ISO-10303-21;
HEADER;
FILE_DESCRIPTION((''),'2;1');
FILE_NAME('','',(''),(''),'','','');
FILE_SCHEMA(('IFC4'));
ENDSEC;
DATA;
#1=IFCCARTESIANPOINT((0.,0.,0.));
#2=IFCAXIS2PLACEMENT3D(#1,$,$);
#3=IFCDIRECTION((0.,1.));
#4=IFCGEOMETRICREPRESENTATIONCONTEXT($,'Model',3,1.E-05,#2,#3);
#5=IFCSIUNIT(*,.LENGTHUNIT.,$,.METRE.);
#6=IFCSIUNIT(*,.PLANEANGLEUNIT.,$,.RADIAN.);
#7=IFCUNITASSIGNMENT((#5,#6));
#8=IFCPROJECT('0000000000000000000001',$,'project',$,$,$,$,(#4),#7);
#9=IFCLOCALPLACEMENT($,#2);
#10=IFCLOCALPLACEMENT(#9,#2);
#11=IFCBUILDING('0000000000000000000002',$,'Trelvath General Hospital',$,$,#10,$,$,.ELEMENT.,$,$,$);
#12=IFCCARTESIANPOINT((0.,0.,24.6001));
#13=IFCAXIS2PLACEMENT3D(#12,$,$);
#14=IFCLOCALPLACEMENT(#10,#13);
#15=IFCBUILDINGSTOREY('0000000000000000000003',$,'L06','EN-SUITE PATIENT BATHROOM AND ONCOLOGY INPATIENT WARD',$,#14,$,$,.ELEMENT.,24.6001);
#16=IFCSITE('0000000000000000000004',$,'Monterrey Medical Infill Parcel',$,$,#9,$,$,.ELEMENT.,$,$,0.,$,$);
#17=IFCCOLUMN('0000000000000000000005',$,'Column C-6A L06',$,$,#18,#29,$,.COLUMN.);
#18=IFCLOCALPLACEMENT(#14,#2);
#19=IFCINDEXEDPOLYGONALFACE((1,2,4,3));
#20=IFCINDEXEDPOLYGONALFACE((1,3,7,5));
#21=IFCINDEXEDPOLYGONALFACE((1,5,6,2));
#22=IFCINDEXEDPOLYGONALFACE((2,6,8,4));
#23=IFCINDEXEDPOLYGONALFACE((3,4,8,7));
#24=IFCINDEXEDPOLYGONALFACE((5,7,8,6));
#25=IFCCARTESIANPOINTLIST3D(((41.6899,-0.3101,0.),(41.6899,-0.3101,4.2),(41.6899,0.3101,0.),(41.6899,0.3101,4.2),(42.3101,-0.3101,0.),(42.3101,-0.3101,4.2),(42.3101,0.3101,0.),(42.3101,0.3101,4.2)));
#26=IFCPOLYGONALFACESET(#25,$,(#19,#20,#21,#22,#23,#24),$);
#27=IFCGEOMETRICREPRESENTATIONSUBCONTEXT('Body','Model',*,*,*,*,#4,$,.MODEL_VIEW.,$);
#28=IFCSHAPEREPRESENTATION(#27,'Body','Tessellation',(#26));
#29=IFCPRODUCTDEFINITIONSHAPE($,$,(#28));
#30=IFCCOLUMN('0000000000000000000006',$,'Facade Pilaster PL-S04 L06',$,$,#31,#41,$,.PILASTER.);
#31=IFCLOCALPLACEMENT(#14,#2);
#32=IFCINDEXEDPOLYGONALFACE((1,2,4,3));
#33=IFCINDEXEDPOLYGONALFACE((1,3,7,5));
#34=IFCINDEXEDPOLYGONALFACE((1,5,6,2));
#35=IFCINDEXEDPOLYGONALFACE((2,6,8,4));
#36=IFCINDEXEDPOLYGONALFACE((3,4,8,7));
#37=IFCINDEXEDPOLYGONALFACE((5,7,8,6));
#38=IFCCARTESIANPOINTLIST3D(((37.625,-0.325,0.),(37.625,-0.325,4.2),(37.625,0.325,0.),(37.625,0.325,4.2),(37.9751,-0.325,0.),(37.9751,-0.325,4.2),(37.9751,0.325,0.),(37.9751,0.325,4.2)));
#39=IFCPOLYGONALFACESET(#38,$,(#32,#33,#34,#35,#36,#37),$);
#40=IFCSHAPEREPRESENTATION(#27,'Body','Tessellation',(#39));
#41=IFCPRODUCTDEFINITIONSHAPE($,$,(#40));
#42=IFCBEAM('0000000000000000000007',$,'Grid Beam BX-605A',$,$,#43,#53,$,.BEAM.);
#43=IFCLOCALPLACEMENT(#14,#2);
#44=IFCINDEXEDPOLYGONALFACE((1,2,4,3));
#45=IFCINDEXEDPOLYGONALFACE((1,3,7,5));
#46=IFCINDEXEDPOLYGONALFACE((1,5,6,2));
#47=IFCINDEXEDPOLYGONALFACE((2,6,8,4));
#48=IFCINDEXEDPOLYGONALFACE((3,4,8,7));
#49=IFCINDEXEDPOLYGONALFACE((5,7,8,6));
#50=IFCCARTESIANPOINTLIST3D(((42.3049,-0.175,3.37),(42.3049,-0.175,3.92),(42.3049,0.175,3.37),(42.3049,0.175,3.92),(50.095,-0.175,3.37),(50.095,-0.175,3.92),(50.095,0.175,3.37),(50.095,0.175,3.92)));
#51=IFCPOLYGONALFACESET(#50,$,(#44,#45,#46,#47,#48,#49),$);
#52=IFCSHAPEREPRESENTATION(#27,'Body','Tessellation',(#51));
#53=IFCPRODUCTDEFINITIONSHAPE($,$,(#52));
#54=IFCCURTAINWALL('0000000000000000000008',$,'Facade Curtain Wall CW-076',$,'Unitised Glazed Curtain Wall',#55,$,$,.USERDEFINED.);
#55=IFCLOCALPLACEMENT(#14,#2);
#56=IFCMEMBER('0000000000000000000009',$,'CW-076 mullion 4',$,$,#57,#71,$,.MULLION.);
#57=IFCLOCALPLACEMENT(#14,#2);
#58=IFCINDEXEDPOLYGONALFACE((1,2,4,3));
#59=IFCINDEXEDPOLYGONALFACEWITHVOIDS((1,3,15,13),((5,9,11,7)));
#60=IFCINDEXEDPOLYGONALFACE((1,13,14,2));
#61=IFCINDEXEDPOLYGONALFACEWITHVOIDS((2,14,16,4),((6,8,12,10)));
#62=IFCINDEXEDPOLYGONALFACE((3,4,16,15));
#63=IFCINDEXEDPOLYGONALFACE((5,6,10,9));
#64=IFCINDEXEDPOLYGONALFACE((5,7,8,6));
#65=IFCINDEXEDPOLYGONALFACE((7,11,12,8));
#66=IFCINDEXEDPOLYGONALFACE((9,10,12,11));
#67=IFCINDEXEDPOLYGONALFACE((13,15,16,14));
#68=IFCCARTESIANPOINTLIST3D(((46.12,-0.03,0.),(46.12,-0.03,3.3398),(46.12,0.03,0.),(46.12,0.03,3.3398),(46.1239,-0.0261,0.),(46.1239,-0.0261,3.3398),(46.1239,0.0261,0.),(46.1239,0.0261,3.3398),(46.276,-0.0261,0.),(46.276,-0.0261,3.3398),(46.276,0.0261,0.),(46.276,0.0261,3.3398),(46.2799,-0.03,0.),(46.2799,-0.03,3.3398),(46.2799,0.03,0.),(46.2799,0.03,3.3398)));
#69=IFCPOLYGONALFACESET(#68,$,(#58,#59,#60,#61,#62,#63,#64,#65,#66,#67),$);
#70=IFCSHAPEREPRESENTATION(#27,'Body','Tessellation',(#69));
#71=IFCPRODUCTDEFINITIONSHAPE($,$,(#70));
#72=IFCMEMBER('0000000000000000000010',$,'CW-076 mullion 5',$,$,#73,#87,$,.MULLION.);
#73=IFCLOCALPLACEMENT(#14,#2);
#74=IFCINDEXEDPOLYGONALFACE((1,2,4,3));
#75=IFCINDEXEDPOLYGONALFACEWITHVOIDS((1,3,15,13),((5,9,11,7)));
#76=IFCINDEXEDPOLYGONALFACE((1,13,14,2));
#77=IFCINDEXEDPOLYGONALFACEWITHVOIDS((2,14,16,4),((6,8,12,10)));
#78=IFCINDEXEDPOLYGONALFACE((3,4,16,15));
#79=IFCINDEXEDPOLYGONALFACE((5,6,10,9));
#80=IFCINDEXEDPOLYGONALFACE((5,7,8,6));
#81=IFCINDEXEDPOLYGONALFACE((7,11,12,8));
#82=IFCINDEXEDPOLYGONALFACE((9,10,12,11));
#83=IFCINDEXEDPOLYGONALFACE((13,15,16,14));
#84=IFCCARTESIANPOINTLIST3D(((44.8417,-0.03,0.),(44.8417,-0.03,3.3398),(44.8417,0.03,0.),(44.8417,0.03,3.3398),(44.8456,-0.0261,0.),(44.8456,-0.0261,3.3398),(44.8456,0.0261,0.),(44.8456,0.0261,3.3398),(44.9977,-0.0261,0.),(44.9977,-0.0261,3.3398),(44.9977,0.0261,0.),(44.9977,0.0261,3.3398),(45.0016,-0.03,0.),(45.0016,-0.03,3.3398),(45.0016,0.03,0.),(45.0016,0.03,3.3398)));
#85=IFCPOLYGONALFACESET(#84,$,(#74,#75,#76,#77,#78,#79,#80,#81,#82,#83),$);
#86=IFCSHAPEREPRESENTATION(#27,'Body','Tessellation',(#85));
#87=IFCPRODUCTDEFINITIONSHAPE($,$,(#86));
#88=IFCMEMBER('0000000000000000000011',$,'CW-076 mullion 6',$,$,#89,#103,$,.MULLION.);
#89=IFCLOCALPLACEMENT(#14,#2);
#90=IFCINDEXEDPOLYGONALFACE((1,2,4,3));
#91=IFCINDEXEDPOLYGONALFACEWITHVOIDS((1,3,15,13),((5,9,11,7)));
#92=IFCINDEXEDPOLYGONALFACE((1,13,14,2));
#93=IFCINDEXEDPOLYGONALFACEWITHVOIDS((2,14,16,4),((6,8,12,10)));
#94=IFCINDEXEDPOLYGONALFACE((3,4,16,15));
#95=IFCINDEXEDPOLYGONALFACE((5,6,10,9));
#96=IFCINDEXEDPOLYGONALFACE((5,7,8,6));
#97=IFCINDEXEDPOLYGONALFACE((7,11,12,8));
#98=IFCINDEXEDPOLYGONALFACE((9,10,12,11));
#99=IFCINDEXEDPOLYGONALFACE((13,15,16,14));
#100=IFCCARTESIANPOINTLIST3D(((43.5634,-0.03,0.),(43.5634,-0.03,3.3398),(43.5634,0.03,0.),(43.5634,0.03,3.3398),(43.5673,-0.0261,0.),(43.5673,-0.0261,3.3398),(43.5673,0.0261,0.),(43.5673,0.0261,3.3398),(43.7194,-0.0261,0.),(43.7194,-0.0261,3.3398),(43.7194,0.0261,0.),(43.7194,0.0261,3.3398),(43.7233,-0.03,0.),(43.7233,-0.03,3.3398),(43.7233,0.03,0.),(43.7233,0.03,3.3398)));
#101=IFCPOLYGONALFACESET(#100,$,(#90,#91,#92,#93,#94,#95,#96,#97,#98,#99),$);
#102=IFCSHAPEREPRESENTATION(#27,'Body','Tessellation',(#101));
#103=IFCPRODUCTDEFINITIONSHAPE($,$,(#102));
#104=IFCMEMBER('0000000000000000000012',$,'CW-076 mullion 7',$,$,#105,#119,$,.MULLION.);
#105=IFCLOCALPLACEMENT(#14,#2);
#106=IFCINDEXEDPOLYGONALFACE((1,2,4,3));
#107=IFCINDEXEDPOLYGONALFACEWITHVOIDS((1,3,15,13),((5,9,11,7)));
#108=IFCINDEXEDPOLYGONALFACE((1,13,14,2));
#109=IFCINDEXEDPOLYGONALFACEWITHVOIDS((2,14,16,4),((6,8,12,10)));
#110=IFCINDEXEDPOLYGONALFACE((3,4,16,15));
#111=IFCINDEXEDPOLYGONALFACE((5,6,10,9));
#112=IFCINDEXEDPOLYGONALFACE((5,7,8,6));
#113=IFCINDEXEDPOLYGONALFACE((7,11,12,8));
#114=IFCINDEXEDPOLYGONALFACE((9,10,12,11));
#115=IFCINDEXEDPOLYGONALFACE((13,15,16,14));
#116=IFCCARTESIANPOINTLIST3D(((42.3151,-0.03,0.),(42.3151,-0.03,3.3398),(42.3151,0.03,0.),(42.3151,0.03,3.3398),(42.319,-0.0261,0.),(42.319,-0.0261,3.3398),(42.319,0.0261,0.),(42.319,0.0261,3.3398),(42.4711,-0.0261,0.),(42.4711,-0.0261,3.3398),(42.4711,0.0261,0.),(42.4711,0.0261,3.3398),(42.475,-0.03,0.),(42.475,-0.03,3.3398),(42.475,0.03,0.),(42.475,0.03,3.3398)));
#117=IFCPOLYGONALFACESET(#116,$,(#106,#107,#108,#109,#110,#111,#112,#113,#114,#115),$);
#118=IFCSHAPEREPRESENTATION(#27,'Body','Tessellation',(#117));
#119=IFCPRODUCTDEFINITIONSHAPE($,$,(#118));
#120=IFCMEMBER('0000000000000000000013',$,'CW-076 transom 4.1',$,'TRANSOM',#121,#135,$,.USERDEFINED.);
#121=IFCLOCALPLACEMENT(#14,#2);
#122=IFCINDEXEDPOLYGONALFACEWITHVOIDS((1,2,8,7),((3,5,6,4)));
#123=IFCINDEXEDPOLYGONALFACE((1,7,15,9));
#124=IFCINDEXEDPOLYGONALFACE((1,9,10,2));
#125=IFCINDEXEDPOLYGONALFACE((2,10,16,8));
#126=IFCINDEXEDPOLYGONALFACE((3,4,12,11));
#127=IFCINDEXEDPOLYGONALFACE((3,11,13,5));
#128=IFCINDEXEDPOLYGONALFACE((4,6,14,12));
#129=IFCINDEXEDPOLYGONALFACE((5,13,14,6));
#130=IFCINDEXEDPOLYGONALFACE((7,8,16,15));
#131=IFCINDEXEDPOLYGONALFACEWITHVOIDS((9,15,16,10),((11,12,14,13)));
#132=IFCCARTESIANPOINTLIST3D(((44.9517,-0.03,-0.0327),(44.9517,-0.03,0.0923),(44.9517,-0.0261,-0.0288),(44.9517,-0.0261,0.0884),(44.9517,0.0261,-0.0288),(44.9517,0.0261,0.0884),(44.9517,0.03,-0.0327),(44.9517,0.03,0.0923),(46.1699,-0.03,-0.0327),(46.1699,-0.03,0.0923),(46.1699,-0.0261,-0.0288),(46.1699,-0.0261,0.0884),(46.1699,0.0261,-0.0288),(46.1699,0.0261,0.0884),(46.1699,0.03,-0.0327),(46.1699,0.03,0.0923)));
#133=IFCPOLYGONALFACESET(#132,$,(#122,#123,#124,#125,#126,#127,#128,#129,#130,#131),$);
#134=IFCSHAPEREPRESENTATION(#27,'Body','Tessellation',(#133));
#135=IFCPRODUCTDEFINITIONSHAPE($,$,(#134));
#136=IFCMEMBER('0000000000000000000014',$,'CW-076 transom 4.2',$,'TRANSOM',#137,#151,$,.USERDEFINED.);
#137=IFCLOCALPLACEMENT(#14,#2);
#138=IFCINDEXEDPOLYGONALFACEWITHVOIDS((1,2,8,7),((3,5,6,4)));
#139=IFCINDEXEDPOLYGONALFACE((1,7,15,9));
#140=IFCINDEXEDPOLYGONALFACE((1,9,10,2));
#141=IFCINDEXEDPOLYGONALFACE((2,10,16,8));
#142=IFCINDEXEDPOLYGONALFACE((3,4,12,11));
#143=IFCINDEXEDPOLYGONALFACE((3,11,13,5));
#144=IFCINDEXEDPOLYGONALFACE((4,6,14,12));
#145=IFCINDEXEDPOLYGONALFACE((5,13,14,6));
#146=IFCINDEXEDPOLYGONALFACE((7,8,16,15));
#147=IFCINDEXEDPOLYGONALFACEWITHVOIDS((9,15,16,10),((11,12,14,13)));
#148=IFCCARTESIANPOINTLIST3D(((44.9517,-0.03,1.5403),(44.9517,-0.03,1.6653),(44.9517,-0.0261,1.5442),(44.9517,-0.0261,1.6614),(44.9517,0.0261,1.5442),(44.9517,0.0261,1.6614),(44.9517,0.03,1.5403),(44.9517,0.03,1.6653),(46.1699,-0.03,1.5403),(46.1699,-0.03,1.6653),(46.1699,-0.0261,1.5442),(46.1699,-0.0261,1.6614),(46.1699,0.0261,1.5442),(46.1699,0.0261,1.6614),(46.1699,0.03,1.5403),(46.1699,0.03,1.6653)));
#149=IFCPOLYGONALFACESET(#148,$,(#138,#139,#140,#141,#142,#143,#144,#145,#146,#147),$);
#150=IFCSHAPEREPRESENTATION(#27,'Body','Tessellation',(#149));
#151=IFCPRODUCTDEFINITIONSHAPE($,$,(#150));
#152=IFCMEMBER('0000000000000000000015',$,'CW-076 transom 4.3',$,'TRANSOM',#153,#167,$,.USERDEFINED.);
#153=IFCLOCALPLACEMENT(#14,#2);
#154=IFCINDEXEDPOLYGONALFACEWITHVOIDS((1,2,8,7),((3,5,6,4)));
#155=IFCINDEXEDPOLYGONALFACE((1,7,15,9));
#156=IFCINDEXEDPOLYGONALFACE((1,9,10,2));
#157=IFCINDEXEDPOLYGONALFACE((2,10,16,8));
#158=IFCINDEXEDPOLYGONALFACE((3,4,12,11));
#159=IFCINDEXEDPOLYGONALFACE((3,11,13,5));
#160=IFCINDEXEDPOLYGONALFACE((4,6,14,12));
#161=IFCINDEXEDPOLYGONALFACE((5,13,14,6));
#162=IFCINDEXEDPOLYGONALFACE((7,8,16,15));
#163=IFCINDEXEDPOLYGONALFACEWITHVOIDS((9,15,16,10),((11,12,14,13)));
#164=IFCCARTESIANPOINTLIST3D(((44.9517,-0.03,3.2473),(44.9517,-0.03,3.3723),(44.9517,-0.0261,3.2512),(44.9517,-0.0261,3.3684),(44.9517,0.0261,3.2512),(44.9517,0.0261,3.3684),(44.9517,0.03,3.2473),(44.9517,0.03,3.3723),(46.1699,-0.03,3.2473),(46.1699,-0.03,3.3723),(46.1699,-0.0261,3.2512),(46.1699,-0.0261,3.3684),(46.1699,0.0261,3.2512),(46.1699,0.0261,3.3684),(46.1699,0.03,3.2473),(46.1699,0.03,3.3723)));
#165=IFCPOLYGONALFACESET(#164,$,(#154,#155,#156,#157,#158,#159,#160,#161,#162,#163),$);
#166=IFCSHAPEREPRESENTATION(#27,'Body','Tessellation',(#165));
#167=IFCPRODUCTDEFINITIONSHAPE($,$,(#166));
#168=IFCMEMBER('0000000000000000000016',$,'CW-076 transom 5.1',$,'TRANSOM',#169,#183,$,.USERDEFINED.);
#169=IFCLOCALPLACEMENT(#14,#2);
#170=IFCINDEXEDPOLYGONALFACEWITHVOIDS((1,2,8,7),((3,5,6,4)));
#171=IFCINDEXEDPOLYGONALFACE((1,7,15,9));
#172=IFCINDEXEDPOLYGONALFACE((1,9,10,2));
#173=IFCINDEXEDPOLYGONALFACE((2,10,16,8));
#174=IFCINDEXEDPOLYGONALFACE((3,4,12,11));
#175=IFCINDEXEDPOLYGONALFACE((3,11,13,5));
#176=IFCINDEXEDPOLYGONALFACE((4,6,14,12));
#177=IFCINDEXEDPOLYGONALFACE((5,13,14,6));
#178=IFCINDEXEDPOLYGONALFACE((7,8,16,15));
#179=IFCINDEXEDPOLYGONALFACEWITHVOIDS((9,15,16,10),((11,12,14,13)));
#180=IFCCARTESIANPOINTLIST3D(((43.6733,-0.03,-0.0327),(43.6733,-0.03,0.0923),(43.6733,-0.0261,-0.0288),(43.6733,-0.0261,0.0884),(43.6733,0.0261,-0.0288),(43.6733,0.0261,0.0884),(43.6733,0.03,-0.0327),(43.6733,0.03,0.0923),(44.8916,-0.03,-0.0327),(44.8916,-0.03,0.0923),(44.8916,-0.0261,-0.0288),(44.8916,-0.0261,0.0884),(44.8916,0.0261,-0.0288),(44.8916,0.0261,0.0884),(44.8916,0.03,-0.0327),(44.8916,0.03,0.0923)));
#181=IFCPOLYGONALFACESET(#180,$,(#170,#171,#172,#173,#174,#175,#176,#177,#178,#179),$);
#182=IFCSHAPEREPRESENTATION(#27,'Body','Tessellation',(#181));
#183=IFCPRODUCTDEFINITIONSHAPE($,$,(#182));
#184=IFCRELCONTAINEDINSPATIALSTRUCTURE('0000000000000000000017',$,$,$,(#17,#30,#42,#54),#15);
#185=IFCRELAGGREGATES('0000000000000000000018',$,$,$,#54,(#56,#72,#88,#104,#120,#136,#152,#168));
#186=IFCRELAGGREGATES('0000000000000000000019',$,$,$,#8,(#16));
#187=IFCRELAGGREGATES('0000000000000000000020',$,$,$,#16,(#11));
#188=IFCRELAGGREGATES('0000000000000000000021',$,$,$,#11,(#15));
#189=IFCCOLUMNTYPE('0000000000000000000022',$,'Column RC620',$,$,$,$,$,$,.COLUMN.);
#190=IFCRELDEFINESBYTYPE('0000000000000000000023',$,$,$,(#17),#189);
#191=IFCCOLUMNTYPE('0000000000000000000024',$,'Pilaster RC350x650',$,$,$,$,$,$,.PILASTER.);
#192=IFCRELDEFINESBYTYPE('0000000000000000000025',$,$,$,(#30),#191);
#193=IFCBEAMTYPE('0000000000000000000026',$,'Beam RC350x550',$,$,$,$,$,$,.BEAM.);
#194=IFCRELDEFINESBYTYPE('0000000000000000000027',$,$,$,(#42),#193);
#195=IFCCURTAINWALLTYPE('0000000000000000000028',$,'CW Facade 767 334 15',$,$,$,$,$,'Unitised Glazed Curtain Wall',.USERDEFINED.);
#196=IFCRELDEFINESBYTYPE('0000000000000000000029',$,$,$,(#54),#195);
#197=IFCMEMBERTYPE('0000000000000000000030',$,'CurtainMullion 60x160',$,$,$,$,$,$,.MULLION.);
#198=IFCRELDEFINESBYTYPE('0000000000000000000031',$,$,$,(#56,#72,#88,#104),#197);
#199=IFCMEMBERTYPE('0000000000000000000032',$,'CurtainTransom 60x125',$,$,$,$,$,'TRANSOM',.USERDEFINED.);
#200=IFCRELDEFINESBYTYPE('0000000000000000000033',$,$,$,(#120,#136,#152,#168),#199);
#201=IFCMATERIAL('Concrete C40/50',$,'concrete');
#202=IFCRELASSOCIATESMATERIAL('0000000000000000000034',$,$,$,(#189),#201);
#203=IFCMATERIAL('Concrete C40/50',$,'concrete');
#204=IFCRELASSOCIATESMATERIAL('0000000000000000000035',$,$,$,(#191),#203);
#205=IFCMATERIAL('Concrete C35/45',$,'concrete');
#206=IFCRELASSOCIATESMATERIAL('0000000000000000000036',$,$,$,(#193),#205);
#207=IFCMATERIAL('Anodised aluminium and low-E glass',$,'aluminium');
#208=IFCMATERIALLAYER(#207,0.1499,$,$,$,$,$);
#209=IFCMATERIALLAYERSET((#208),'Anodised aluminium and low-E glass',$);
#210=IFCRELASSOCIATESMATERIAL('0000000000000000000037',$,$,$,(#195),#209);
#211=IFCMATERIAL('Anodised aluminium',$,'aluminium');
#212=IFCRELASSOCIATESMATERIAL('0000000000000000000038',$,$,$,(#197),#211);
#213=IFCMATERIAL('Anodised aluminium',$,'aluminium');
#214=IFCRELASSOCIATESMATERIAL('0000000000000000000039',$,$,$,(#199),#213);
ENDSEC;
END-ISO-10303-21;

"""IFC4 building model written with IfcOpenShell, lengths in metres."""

from ifc_helpers import new_model, si_unit, direction, frame, origin, origin_2d, place, context, subcontext, project, spatial, rectangle, hollow_rectangle, extrude, material, layer, layer_set, material_profile, profile_set, type_object, element, aggregate, save


model = new_model("IFC4")

# Units and contexts
model_context = context("Model", 3, precision=1e-05, world=origin(), true_north=direction((0.0, 1.0)))
body_context = subcontext(model_context, "Body", "Model", "MODEL_VIEW")
ifc_project = project(units=[si_unit("LENGTHUNIT", "METRE"), si_unit("PLANEANGLEUNIT", "RADIAN")], contexts=[model_context])

# Site, building, storey
site_placement = place(None, origin())
site = spatial("IfcSite", under=ifc_project, at=site_placement, Name="Monterrey Medical Infill Parcel", CompositionType="ELEMENT", RefElevation=0.0)
building_placement = place(site_placement, origin())
building = spatial("IfcBuilding", under=site, at=building_placement, Name="Trelvath General Hospital", CompositionType="ELEMENT")
storey_placement = place(building_placement, frame((0.0, 0.0, 24.6001)))
storey = spatial("IfcBuildingStorey", under=building, at=storey_placement, Name="L06", Description="EN-SUITE PATIENT BATHROOM AND ONCOLOGY INPATIENT WARD", CompositionType="ELEMENT", Elevation=24.6001)

# Columns
ifc_material_1 = material(Name="Concrete C40/50", Category="concrete")
ifc_material_profile_1 = material_profile(ifc_material_1, rectangle(XDim=0.6201, YDim=0.6201, at=origin_2d()), Name="RC620x620")
ifc_profile_set_1 = profile_set([ifc_material_profile_1], Name="Concrete C40/50")
column_type_1 = type_object("IfcColumnType", Name="Column RC620", PredefinedType="COLUMN", material=ifc_profile_set_1)
column_1_placement = place(storey_placement, frame((42.0, 0.0, 0.0), z_axis=(0.0, 0.0, 1.0), x_axis=(1.0, 0.0, 0.0)))
element("IfcColumn", 1, at=column_1_placement, inside=storey, type_object=column_type_1, Name="Column C-6A L06", PredefinedType="COLUMN", context=body_context, shape_type="SweptSolid", body=[
    extrude(rectangle(XDim=0.6201, YDim=0.6201, at=origin_2d()), origin(), (0.0, 0.0, 1.0), 4.2),
])
ifc_material_2 = material(Name="Concrete C40/50", Category="concrete")
ifc_material_profile_2 = material_profile(ifc_material_2, rectangle(XDim=0.3501, YDim=0.6499, at=origin_2d()), Name="RC350x650")
ifc_profile_set_2 = profile_set([ifc_material_profile_2], Name="Concrete C40/50")
column_type_2 = type_object("IfcColumnType", Name="Pilaster RC350x650", PredefinedType="PILASTER", material=ifc_profile_set_2)
column_2_placement = place(storey_placement, frame((37.8, 0.0, 0.0), z_axis=(0.0, 0.0, 1.0), x_axis=(1.0, 0.0, 0.0)))
element("IfcColumn", 2, at=column_2_placement, inside=storey, type_object=column_type_2, Name="Facade Pilaster PL-S04 L06", PredefinedType="PILASTER", context=body_context, shape_type="SweptSolid", body=[
    extrude(rectangle(XDim=0.3501, YDim=0.6499, at=origin_2d()), origin(), (0.0, 0.0, 1.0), 4.2),
])

# Beam
ifc_material_3 = material(Name="Concrete C35/45", Category="concrete")
ifc_material_profile_3 = material_profile(ifc_material_3, rectangle(XDim=0.3501, YDim=0.55, at=origin_2d()), Name="RCB350x550")
ifc_profile_set_3 = profile_set([ifc_material_profile_3], Name="Concrete C35/45")
beam_type = type_object("IfcBeamType", Name="Beam RC350x550", PredefinedType="BEAM", material=ifc_profile_set_3)
beam_placement = place(storey_placement, frame((42.3049, 0.0, 3.645), z_axis=(1.0, 0.0, 0.0), x_axis=(0.0, 1.0, 0.0)))
element("IfcBeam", 3, at=beam_placement, inside=storey, type_object=beam_type, Name="Grid Beam BX-605A", PredefinedType="BEAM", context=body_context, shape_type="SweptSolid", body=[
    extrude(rectangle(XDim=0.3501, YDim=0.55, at=origin_2d()), origin(), (0.0, 0.0, 1.0), 7.79),
])

# Curtain wall, members
ifc_material_4 = material(Name="Anodised aluminium and low-E glass", Category="aluminium")
ifc_layer_1 = layer(ifc_material_4, 0.1499)
ifc_layer_set_1 = layer_set([ifc_layer_1], Name="Anodised aluminium and low-E glass")
curtain_wall_type = type_object("IfcCurtainWallType", Name="CW Facade 767 334 15", ElementType="Unitised Glazed Curtain Wall", PredefinedType="USERDEFINED", material=ifc_layer_set_1)
curtain_wall_placement = place(storey_placement, origin())
curtain_wall = element("IfcCurtainWall", 4, at=curtain_wall_placement, inside=storey, type_object=curtain_wall_type, Name="Facade Curtain Wall CW-076", ObjectType="Unitised Glazed Curtain Wall", PredefinedType="USERDEFINED")
ifc_material_5 = material(Name="Anodised aluminium", Category="aluminium")
ifc_material_profile_4 = material_profile(ifc_material_5, hollow_rectangle(XDim=0.0601, YDim=0.1599, WallThickness=0.0039, at=origin_2d()), Name="RHS60x160x4")
ifc_profile_set_4 = profile_set([ifc_material_profile_4], Name="Anodised aluminium")
member_type_1 = type_object("IfcMemberType", Name="CurtainMullion 60x160", PredefinedType="MULLION", material=ifc_profile_set_4)
member_1_placement = place(storey_placement, frame((46.2, 0.0, 0.0), z_axis=(0.0, 0.0, 1.0), x_axis=(0.0, -1.0, 0.0)))
member_1 = element("IfcMember", 5, at=member_1_placement, type_object=member_type_1, Name="CW-076 mullion 4", PredefinedType="MULLION", context=body_context, shape_type="SweptSolid", body=[
    extrude(hollow_rectangle(XDim=0.0601, YDim=0.1599, WallThickness=0.0039, at=origin_2d()), origin(), (0.0, 0.0, 1.0), 3.3398),
])
member_2_placement = place(storey_placement, frame((44.9216, 0.0, 0.0), z_axis=(0.0, 0.0, 1.0), x_axis=(0.0, -1.0, 0.0)))
member_2 = element("IfcMember", 6, at=member_2_placement, type_object=member_type_1, Name="CW-076 mullion 5", PredefinedType="MULLION", context=body_context, shape_type="SweptSolid", body=[
    extrude(hollow_rectangle(XDim=0.0601, YDim=0.1599, WallThickness=0.0039, at=origin_2d()), origin(), (0.0, 0.0, 1.0), 3.3398),
])
member_3_placement = place(storey_placement, frame((43.6433, 0.0, 0.0), z_axis=(0.0, 0.0, 1.0), x_axis=(0.0, -1.0, 0.0)))
member_3 = element("IfcMember", 7, at=member_3_placement, type_object=member_type_1, Name="CW-076 mullion 6", PredefinedType="MULLION", context=body_context, shape_type="SweptSolid", body=[
    extrude(hollow_rectangle(XDim=0.0601, YDim=0.1599, WallThickness=0.0039, at=origin_2d()), origin(), (0.0, 0.0, 1.0), 3.3398),
])
member_4_placement = place(storey_placement, frame((42.395, 0.0, 0.0), z_axis=(0.0, 0.0, 1.0), x_axis=(0.0, -1.0, 0.0)))
member_4 = element("IfcMember", 8, at=member_4_placement, type_object=member_type_1, Name="CW-076 mullion 7", PredefinedType="MULLION", context=body_context, shape_type="SweptSolid", body=[
    extrude(hollow_rectangle(XDim=0.0601, YDim=0.1599, WallThickness=0.0039, at=origin_2d()), origin(), (0.0, 0.0, 1.0), 3.3398),
])
ifc_material_6 = material(Name="Anodised aluminium", Category="aluminium")
ifc_material_profile_5 = material_profile(ifc_material_6, hollow_rectangle(XDim=0.0601, YDim=0.125, WallThickness=0.0039, at=origin_2d()), Name="RHS60x125x4")
ifc_profile_set_5 = profile_set([ifc_material_profile_5], Name="Anodised aluminium")
member_type_2 = type_object("IfcMemberType", Name="CurtainTransom 60x125", ElementType="TRANSOM", PredefinedType="USERDEFINED", material=ifc_profile_set_5)
member_5_placement = place(storey_placement, frame((46.1699, 0.0, 0.0298), z_axis=(-1.0, 0.0, 0.0), x_axis=(0.0, -1.0, 0.0)))
member_5 = element("IfcMember", 9, at=member_5_placement, type_object=member_type_2, Name="CW-076 transom 4.1", ObjectType="TRANSOM", PredefinedType="USERDEFINED", context=body_context, shape_type="SweptSolid", body=[
    extrude(hollow_rectangle(XDim=0.0601, YDim=0.125, WallThickness=0.0039, at=origin_2d()), origin(), (0.0, 0.0, 1.0), 1.2183),
])
member_6_placement = place(storey_placement, frame((46.1699, 0.0, 1.6028), z_axis=(-1.0, 0.0, 0.0), x_axis=(0.0, -1.0, 0.0)))
member_6 = element("IfcMember", 10, at=member_6_placement, type_object=member_type_2, Name="CW-076 transom 4.2", ObjectType="TRANSOM", PredefinedType="USERDEFINED", context=body_context, shape_type="SweptSolid", body=[
    extrude(hollow_rectangle(XDim=0.0601, YDim=0.125, WallThickness=0.0039, at=origin_2d()), origin(), (0.0, 0.0, 1.0), 1.2183),
])
member_7_placement = place(storey_placement, frame((46.1699, 0.0, 3.3098), z_axis=(-1.0, 0.0, 0.0), x_axis=(0.0, -1.0, 0.0)))
member_7 = element("IfcMember", 11, at=member_7_placement, type_object=member_type_2, Name="CW-076 transom 4.3", ObjectType="TRANSOM", PredefinedType="USERDEFINED", context=body_context, shape_type="SweptSolid", body=[
    extrude(hollow_rectangle(XDim=0.0601, YDim=0.125, WallThickness=0.0039, at=origin_2d()), origin(), (0.0, 0.0, 1.0), 1.2183),
])
member_8_placement = place(storey_placement, frame((44.8916, 0.0, 0.0298), z_axis=(-1.0, 0.0, 0.0), x_axis=(0.0, -1.0, 0.0)))
member_8 = element("IfcMember", 12, at=member_8_placement, type_object=member_type_2, Name="CW-076 transom 5.1", ObjectType="TRANSOM", PredefinedType="USERDEFINED", context=body_context, shape_type="SweptSolid", body=[
    extrude(hollow_rectangle(XDim=0.0601, YDim=0.125, WallThickness=0.0039, at=origin_2d()), origin(), (0.0, 0.0, 1.0), 1.2183),
])
aggregate(curtain_wall, [member_1, member_2, member_3, member_4, member_5, member_6, member_7, member_8])

save(model, "model.ifc")
